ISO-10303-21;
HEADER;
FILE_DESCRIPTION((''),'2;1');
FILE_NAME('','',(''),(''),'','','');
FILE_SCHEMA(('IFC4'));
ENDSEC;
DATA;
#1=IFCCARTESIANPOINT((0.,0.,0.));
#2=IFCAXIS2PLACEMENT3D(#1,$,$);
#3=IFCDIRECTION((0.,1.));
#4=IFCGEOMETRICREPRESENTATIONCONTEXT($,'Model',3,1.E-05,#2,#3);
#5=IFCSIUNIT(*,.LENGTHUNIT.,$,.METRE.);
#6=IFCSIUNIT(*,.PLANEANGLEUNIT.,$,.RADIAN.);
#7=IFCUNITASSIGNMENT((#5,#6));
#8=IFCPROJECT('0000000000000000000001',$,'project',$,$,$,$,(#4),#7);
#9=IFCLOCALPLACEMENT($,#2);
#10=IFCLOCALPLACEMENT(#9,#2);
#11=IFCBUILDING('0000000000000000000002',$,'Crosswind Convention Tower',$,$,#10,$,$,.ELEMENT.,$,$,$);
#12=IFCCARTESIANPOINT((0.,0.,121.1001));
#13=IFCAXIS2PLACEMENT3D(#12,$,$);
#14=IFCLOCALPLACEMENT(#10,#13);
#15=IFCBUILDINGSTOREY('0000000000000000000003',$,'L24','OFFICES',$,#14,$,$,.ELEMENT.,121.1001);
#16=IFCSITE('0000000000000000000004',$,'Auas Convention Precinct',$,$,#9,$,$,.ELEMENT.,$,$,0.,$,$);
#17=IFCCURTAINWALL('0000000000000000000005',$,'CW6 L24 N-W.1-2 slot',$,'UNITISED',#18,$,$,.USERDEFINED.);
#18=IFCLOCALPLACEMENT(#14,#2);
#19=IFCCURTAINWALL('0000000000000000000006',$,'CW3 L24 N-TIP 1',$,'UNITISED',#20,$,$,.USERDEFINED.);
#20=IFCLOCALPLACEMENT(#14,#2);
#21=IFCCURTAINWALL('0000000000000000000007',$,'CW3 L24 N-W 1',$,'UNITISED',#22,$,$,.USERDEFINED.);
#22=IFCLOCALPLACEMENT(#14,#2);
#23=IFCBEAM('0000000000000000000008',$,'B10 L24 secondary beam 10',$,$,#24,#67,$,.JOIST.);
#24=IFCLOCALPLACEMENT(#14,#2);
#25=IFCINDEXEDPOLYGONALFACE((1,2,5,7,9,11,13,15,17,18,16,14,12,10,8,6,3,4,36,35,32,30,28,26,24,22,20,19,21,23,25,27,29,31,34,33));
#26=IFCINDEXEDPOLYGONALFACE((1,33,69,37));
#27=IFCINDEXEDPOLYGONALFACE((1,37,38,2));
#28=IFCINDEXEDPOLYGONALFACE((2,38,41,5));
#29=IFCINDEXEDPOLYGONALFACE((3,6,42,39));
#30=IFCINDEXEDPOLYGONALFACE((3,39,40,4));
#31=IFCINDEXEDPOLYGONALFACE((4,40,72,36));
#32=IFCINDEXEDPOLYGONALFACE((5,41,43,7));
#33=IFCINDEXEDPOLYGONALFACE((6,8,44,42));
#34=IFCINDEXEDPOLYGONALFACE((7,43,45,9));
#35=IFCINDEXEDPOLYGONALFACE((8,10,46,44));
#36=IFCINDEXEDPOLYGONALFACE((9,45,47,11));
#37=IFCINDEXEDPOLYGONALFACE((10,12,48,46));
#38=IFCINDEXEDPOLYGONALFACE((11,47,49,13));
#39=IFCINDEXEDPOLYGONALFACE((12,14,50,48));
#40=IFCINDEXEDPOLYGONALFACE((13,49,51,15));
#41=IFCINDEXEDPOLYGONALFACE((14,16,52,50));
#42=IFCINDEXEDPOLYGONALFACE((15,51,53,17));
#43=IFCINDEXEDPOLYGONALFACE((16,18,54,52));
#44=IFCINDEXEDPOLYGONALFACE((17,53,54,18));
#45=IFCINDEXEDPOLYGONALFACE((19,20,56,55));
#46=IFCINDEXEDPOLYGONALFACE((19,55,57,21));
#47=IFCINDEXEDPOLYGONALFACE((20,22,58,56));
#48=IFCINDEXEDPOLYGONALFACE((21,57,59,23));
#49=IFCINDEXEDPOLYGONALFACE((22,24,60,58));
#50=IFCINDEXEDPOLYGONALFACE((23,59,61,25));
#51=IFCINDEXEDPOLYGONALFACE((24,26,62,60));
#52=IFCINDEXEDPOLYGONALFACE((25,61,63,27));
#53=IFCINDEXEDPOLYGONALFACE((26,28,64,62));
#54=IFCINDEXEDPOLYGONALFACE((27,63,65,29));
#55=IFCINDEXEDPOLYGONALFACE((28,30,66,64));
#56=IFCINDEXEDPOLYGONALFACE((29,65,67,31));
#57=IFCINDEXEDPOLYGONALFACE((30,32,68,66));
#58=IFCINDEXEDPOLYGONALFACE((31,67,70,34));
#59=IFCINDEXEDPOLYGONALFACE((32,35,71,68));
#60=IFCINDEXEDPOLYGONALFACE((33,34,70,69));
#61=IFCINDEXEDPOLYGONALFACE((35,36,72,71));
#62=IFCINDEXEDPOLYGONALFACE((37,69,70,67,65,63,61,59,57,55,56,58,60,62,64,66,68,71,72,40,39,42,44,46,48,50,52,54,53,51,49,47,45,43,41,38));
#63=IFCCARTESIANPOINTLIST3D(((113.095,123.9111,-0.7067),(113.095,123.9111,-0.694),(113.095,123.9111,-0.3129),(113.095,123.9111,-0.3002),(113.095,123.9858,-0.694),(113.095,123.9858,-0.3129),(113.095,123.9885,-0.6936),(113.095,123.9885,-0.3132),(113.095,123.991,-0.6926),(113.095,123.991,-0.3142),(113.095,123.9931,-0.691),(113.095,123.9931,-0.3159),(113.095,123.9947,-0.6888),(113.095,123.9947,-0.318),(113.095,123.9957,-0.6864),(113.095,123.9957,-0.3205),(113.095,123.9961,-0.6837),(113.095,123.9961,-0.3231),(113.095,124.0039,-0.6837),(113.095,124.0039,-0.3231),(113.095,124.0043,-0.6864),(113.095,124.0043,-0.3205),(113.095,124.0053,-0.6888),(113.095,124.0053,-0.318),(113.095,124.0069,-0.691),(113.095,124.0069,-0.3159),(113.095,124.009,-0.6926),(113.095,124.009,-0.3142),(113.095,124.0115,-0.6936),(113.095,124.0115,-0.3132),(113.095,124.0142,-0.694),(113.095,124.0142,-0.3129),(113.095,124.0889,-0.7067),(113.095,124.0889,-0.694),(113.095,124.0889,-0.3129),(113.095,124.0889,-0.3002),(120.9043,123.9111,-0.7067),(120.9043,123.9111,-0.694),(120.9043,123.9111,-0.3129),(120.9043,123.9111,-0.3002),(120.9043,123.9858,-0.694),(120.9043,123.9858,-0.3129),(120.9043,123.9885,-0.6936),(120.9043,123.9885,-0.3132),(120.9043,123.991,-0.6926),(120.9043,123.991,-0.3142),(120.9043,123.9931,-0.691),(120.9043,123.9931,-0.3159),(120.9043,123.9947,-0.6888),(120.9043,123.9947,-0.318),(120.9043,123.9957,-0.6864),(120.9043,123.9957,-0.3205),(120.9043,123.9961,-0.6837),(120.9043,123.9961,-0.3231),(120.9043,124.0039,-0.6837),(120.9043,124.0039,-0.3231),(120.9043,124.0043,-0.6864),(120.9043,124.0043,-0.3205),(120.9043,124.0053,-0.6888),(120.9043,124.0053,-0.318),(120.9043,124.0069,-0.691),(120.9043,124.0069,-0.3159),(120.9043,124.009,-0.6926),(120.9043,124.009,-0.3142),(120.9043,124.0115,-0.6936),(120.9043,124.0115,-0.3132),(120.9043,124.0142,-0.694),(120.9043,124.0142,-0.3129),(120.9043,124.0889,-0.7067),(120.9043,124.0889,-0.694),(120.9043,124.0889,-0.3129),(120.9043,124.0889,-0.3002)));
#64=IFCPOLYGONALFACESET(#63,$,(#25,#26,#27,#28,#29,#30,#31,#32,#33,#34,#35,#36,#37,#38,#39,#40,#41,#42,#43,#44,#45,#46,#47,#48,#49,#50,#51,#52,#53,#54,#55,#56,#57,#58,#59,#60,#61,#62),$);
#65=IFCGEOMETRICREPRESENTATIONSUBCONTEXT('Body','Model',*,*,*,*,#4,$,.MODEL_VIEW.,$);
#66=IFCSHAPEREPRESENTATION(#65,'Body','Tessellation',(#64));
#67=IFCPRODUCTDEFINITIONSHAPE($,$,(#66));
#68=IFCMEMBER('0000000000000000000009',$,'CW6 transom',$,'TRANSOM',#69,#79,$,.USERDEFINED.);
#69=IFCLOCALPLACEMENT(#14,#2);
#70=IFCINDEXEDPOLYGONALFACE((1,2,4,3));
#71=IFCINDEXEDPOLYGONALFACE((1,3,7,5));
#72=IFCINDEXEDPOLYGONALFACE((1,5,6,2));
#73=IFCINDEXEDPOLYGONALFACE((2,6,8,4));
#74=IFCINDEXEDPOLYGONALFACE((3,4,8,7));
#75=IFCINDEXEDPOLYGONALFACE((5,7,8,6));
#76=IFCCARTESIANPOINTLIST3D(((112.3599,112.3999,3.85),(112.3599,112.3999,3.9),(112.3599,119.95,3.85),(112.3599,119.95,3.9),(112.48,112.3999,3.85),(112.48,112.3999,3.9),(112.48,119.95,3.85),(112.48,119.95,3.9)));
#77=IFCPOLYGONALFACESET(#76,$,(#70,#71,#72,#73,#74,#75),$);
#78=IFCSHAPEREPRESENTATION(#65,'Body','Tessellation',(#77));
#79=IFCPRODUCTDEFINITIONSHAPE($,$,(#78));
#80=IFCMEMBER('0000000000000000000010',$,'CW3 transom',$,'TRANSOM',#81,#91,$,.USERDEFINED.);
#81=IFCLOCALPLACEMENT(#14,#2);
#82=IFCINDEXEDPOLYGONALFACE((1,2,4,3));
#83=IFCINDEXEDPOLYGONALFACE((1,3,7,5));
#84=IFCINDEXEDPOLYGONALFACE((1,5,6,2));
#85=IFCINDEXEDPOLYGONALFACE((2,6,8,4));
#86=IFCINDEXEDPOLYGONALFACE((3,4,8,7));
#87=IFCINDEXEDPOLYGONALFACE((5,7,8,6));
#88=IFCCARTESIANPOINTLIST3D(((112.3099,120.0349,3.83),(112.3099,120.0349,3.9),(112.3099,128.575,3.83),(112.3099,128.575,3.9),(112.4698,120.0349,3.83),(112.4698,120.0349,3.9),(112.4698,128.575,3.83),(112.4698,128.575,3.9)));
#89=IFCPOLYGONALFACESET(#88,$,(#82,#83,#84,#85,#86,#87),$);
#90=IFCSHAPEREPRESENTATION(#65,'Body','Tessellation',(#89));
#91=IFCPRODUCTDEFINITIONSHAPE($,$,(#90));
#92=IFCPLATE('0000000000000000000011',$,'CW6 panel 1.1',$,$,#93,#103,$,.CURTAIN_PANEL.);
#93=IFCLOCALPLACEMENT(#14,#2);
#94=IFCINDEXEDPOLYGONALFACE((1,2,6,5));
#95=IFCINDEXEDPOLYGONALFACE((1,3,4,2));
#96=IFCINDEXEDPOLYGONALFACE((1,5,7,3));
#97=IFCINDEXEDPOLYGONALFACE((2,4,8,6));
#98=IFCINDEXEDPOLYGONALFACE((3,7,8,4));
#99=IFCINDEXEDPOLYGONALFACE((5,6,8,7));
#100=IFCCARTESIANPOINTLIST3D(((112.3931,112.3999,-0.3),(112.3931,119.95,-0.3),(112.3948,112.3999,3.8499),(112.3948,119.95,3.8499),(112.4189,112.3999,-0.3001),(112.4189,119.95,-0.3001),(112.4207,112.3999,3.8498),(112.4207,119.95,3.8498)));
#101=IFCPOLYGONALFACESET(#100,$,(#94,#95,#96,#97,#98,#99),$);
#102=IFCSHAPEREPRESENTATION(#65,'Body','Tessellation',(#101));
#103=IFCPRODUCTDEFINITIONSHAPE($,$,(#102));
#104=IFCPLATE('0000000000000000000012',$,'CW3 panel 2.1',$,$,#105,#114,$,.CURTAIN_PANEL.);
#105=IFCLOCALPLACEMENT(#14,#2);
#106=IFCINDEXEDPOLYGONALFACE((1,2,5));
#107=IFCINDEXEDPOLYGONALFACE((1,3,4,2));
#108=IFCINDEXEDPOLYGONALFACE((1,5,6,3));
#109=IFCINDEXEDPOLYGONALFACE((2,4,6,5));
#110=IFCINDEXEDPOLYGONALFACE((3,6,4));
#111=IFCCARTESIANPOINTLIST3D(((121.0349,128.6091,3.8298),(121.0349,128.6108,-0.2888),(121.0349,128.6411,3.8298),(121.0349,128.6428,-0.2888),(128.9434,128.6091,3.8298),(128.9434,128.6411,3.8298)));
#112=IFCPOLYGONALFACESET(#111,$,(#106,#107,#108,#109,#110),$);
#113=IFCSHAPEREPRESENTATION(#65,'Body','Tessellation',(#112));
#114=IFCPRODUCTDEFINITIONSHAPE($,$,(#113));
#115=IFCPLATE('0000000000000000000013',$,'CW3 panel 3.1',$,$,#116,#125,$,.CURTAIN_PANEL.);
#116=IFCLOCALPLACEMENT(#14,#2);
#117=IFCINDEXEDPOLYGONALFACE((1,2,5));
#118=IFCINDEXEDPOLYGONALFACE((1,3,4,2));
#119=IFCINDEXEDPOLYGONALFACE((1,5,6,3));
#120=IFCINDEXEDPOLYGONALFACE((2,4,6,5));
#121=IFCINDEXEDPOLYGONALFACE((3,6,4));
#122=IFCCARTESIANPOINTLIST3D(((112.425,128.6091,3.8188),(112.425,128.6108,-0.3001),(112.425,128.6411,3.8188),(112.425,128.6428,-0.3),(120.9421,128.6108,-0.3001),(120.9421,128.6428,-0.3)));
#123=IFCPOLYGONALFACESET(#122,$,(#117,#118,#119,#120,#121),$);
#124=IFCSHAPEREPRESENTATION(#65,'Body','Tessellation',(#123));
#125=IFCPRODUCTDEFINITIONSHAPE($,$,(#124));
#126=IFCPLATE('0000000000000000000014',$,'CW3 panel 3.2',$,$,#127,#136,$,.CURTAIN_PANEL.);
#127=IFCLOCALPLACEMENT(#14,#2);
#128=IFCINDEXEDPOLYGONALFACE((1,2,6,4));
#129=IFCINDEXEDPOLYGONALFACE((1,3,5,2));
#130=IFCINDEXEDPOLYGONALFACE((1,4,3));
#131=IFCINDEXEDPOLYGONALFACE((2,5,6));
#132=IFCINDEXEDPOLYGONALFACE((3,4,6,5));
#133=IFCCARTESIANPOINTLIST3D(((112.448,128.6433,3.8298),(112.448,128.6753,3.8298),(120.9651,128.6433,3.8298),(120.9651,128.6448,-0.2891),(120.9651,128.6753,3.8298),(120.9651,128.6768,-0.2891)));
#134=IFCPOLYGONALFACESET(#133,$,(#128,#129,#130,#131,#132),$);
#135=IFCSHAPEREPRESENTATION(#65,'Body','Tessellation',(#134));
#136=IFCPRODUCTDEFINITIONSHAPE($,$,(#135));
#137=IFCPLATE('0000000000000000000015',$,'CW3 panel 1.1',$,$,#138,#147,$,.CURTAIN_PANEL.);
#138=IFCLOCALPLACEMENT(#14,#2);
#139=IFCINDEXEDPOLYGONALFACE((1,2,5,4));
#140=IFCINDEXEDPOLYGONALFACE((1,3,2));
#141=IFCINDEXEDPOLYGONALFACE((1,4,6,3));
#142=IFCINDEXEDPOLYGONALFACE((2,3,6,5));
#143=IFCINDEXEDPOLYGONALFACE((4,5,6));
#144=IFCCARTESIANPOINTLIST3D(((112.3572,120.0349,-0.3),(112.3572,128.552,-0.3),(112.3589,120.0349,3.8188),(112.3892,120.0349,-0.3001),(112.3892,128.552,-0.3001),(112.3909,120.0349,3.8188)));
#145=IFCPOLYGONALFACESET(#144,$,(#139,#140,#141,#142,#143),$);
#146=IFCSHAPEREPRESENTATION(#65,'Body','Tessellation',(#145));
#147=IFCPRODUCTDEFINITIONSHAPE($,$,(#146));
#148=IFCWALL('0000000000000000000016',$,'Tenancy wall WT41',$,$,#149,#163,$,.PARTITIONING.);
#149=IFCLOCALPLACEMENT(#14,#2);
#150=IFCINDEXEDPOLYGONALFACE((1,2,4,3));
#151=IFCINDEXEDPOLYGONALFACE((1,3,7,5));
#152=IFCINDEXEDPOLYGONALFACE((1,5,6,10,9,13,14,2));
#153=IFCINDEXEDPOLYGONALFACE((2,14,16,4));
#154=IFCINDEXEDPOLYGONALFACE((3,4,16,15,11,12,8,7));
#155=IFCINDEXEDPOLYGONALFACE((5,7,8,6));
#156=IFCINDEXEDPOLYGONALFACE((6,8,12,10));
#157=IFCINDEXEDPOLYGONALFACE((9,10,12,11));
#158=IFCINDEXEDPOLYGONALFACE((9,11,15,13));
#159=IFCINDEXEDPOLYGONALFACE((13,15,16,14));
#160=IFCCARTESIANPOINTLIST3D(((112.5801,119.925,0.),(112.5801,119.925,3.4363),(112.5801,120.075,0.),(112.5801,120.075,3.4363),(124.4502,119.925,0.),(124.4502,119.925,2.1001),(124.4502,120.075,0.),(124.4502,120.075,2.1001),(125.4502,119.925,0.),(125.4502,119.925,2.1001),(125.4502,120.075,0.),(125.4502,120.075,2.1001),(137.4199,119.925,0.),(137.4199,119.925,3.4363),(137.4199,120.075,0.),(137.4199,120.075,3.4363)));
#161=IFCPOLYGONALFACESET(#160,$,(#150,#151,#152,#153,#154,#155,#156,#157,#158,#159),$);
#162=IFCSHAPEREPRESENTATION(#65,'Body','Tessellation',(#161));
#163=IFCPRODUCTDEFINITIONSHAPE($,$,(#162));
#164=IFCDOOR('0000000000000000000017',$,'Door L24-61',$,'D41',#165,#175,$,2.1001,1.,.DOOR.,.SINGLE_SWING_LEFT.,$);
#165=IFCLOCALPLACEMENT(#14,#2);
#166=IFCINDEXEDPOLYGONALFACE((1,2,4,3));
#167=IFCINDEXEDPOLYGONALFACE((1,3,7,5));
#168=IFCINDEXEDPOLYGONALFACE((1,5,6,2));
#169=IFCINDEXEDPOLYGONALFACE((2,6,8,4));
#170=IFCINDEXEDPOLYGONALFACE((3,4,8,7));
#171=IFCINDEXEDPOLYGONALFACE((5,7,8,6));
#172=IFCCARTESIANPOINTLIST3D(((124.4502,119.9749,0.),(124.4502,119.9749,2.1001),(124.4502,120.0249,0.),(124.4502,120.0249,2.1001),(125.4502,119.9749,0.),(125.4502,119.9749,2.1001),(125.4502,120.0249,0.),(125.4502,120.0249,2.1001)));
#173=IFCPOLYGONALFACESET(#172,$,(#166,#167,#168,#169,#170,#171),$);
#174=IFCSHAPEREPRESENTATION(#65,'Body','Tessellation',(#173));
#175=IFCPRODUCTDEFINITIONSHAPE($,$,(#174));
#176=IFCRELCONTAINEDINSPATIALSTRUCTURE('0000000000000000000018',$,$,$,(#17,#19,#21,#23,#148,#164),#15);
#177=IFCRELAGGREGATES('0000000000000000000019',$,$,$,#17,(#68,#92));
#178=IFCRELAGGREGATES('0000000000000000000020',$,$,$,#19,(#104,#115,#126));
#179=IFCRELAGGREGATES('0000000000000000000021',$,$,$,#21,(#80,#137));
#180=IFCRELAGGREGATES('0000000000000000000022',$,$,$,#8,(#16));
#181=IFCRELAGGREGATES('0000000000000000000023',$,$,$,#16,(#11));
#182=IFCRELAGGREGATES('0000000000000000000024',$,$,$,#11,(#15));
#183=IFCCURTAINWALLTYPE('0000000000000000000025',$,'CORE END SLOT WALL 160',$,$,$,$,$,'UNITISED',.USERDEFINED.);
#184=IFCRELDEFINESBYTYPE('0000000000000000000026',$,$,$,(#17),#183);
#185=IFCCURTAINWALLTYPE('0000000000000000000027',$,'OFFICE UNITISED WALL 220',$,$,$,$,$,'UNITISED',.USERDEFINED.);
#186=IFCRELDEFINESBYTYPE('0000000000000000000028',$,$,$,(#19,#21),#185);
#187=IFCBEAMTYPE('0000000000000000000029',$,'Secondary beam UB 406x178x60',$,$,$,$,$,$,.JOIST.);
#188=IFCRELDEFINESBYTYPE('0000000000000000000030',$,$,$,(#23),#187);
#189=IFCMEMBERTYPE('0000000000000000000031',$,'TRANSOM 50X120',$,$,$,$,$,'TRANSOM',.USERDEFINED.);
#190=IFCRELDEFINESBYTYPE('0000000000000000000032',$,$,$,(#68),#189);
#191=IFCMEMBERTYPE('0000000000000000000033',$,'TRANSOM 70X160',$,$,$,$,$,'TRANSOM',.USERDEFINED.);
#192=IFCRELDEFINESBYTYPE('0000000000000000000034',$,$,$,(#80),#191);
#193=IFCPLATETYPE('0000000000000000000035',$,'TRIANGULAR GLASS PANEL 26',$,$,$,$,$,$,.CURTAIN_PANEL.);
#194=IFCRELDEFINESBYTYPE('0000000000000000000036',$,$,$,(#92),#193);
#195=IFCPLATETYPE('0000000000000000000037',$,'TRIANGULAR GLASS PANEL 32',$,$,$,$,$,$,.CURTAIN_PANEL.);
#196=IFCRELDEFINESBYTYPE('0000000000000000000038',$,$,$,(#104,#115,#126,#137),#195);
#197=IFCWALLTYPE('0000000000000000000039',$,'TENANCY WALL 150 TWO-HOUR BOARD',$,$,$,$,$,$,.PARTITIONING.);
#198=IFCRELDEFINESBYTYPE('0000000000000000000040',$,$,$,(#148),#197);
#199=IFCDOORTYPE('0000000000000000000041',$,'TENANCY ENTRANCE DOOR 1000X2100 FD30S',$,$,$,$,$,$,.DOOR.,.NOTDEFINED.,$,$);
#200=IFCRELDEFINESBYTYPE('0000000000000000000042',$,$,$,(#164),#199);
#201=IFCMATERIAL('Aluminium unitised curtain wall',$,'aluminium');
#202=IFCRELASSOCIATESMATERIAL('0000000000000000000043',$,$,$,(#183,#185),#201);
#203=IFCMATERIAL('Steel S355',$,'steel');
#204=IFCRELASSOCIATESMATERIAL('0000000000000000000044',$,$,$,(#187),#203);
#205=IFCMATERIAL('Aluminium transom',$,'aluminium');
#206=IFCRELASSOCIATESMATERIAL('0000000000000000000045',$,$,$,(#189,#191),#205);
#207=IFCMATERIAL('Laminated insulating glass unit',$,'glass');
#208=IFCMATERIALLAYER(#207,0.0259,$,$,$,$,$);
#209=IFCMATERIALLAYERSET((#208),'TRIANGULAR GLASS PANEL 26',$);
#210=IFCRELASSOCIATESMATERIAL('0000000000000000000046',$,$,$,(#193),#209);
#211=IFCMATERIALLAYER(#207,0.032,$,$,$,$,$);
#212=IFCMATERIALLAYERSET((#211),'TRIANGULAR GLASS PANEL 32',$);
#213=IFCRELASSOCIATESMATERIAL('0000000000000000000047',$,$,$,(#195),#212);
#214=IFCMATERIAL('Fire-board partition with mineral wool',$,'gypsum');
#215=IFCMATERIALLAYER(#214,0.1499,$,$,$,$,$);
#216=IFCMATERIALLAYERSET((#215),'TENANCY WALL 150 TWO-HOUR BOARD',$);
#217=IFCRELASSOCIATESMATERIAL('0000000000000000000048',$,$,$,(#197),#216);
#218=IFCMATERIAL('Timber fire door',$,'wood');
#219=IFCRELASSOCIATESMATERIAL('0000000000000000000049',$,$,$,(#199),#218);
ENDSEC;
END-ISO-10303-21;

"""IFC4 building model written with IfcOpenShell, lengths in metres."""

from ifc_helpers import new_model, si_unit, direction, frame, frame_2d, origin, origin_2d, place, context, subcontext, project, spatial, polyline, rectangle, i_section, outline, extrude, material, layer, layer_set, material_profile, profile_set, type_object, element, fill, aggregate, save


model = new_model("IFC4")

# Units and contexts
model_context = context("Model", 3, precision=1e-05, world=origin(), true_north=direction((0.0, 1.0)))
body_context = subcontext(model_context, "Body", "Model", "MODEL_VIEW")
ifc_project = project(units=[si_unit("LENGTHUNIT", "METRE"), si_unit("PLANEANGLEUNIT", "RADIAN")], contexts=[model_context])

# Site, building, storey
site_placement = place(None, origin())
site = spatial("IfcSite", under=ifc_project, at=site_placement, Name="Auas Convention Precinct", CompositionType="ELEMENT", RefElevation=0.0)
building_placement = place(site_placement, origin())
building = spatial("IfcBuilding", under=site, at=building_placement, Name="Crosswind Convention Tower", CompositionType="ELEMENT")
storey_placement = place(building_placement, frame((0.0, 0.0, 121.1001)))
storey = spatial("IfcBuildingStorey", under=building, at=storey_placement, Name="L24", Description="OFFICES", CompositionType="ELEMENT", Elevation=121.1001)

# Shared definitions
ifc_material_1 = material(Name="Steel S355", Category="steel")

# Curtain wall
ifc_material_2 = material(Name="Aluminium unitised curtain wall", Category="aluminium")
curtain_wall_type_1 = type_object("IfcCurtainWallType", Name="CORE END SLOT WALL 160", ElementType="UNITISED", PredefinedType="USERDEFINED", material=ifc_material_2)
curtain_wall_1_placement = place(storey_placement, origin())
curtain_wall_1 = element("IfcCurtainWall", 1, at=curtain_wall_1_placement, inside=storey, type_object=curtain_wall_type_1, Name="CW6 L24 N-W.1-2 slot", ObjectType="UNITISED", PredefinedType="USERDEFINED")

# Curtain wall
curtain_wall_type_2 = type_object("IfcCurtainWallType", Name="OFFICE UNITISED WALL 220", ElementType="UNITISED", PredefinedType="USERDEFINED", material=ifc_material_2)
curtain_wall_2_placement = place(storey_placement, origin())
curtain_wall_2 = element("IfcCurtainWall", 2, at=curtain_wall_2_placement, inside=storey, type_object=curtain_wall_type_2, Name="CW3 L24 N-TIP 1", ObjectType="UNITISED", PredefinedType="USERDEFINED")

# Curtain wall
curtain_wall_3_placement = place(storey_placement, origin())
curtain_wall_3 = element("IfcCurtainWall", 3, at=curtain_wall_3_placement, inside=storey, type_object=curtain_wall_type_2, Name="CW3 L24 N-W 1", ObjectType="UNITISED", PredefinedType="USERDEFINED")

# Beam
ifc_material_profile_1 = material_profile(ifc_material_1, i_section(OverallWidth=0.1777, OverallDepth=0.4065, WebThickness=0.0078, FlangeThickness=0.0127, FilletRadius=0.0103, at=origin_2d()), Name="UB 406x178x60")
ifc_profile_set_1 = profile_set([ifc_material_profile_1], Name="Steel S355")
beam_type_1 = type_object("IfcBeamType", Name="Secondary beam UB 406x178x60", PredefinedType="JOIST", material=ifc_profile_set_1)
beam_placement = place(storey_placement, frame((113.095, 124.0, -0.5034), z_axis=(1.0, 0.0, 0.0), x_axis=(0.0, 1.0, 0.0)))
element("IfcBeam", 4, at=beam_placement, inside=storey, type_object=beam_type_1, Name="B10 L24 secondary beam 10", PredefinedType="JOIST", context=body_context, shape_type="SweptSolid", body=[
    extrude(i_section(OverallWidth=0.1777, OverallDepth=0.4065, WebThickness=0.0078, FlangeThickness=0.0127, FilletRadius=0.0103, at=origin_2d()), origin(), (0.0, 0.0, 1.0), 7.8093),
])

# Members
ifc_material_3 = material(Name="Aluminium transom", Category="aluminium")
ifc_material_profile_2 = material_profile(ifc_material_3, rectangle(XDim=0.1201, YDim=0.05, at=origin_2d()), Name="AL 120X50")
ifc_profile_set_2 = profile_set([ifc_material_profile_2], Name="Aluminium transom")
member_type_1 = type_object("IfcMemberType", Name="TRANSOM 50X120", ElementType="TRANSOM", PredefinedType="USERDEFINED", material=ifc_profile_set_2)
member_1_placement = place(storey_placement, frame((112.4199, 119.95, 3.875), z_axis=(0.0, -1.0, 0.0), x_axis=(1.0, 0.0, 0.0)))
member_1 = element("IfcMember", 5, at=member_1_placement, type_object=member_type_1, Name="CW6 transom", ObjectType="TRANSOM", PredefinedType="USERDEFINED", context=body_context, shape_type="SweptSolid", body=[
    extrude(rectangle(XDim=0.1201, YDim=0.05, at=origin_2d()), origin(), (0.0, 0.0, 1.0), 7.55),
])
ifc_material_profile_3 = material_profile(ifc_material_3, rectangle(XDim=0.1599, YDim=0.0701, at=origin_2d()), Name="AL 160X70")
ifc_profile_set_3 = profile_set([ifc_material_profile_3], Name="Aluminium transom")
member_type_2 = type_object("IfcMemberType", Name="TRANSOM 70X160", ElementType="TRANSOM", PredefinedType="USERDEFINED", material=ifc_profile_set_3)
member_2_placement = place(storey_placement, frame((112.3899, 128.575, 3.865), z_axis=(0.0, -1.0, 0.0), x_axis=(1.0, 0.0, 0.0)))
member_2 = element("IfcMember", 6, at=member_2_placement, type_object=member_type_2, Name="CW3 transom", ObjectType="TRANSOM", PredefinedType="USERDEFINED", context=body_context, shape_type="SweptSolid", body=[
    extrude(rectangle(XDim=0.1599, YDim=0.0701, at=origin_2d()), origin(), (0.0, 0.0, 1.0), 8.54),
])

# Plates
ifc_material_4 = material(Name="Laminated insulating glass unit", Category="glass")
ifc_layer_1 = layer(ifc_material_4, 0.0259)
ifc_layer_set_1 = layer_set([ifc_layer_1], Name="TRIANGULAR GLASS PANEL 26")
plate_type_1 = type_object("IfcPlateType", Name="TRIANGULAR GLASS PANEL 26", PredefinedType="CURTAIN_PANEL", material=ifc_layer_set_1)
plate_1_placement = place(storey_placement, frame((112.3931, 119.95, -0.3), z_axis=(-1.0, 0.0, 0.000412), x_axis=(0.0, -1.0, 0.0)))
plate_1 = element("IfcPlate", 7, at=plate_1_placement, type_object=plate_type_1, Name="CW6 panel 1.1", PredefinedType="CURTAIN_PANEL", context=body_context, shape_type="SweptSolid", body=[
    extrude(outline(polyline([(0.0, 0.0), (7.55, 0.0), (7.55, 4.1499), (0.0, 4.1499), (0.0, 0.0)])), origin(), (0.0, 0.0, -1.0), 0.0259),
])
aggregate(curtain_wall_1, [member_1, plate_1])
ifc_layer_2 = layer(ifc_material_4, 0.032)
ifc_layer_set_2 = layer_set([ifc_layer_2], Name="TRIANGULAR GLASS PANEL 32")
plate_type_2 = type_object("IfcPlateType", Name="TRIANGULAR GLASS PANEL 32", PredefinedType="CURTAIN_PANEL", material=ifc_layer_set_2)
plate_2_placement = place(storey_placement, frame((121.0349, 128.6411, 3.8298), z_axis=(0.0, 1.0, 0.000415), x_axis=(1.0, 0.0, 0.0)))
plate_2 = element("IfcPlate", 8, at=plate_2_placement, type_object=plate_type_2, Name="CW3 panel 2.1", PredefinedType="CURTAIN_PANEL", context=body_context, shape_type="SweptSolid", body=[
    extrude(outline(polyline([(0.0, 0.0), (7.9084, 0.0), (0.0, 4.1187), (0.0, 0.0)])), origin(), (0.0, 0.0, -1.0), 0.032),
])
plate_3_placement = place(storey_placement, frame((112.425, 128.6428, -0.3), z_axis=(0.0, 1.0, 0.000415), x_axis=(0.0, -0.000415, 1.0)))
plate_3 = element("IfcPlate", 9, at=plate_3_placement, type_object=plate_type_2, Name="CW3 panel 3.1", PredefinedType="CURTAIN_PANEL", context=body_context, shape_type="SweptSolid", body=[
    extrude(outline(polyline([(0.0, 0.0), (4.1189, 0.0), (0.0, 8.5171), (0.0, 0.0)])), origin(), (0.0, 0.0, -1.0), 0.032),
])
plate_4_placement = place(storey_placement, frame((120.9651, 128.6753, 3.8298), z_axis=(0.0, 1.0, 0.000356), x_axis=(0.0, 0.000356, -1.0)))
plate_4 = element("IfcPlate", 10, at=plate_4_placement, type_object=plate_type_2, Name="CW3 panel 3.2", PredefinedType="CURTAIN_PANEL", context=body_context, shape_type="SweptSolid", body=[
    extrude(outline(polyline([(0.0, 0.0), (4.1189, 0.0), (0.0, 8.5171), (0.0, 0.0)])), origin(), (0.0, 0.0, -1.0), 0.032),
])
aggregate(curtain_wall_2, [plate_2, plate_3, plate_4])
plate_5_placement = place(storey_placement, frame((112.3572, 120.0349, -0.3), z_axis=(-1.0, 0.0, 0.000415), x_axis=(0.000415, 0.0, 1.0)))
plate_5 = element("IfcPlate", 11, at=plate_5_placement, type_object=plate_type_2, Name="CW3 panel 1.1", PredefinedType="CURTAIN_PANEL", context=body_context, shape_type="SweptSolid", body=[
    extrude(outline(polyline([(0.0, 0.0), (4.1189, 0.0), (0.0, 8.5171), (0.0, 0.0)])), origin(), (0.0, 0.0, -1.0), 0.032),
])
aggregate(curtain_wall_3, [member_2, plate_5])

# Wall, opening, door
ifc_material_5 = material(Name="Fire-board partition with mineral wool", Category="gypsum")
ifc_layer_3 = layer(ifc_material_5, 0.1499)
ifc_layer_set_3 = layer_set([ifc_layer_3], Name="TENANCY WALL 150 TWO-HOUR BOARD")
wall_type = type_object("IfcWallType", Name="TENANCY WALL 150 TWO-HOUR BOARD", PredefinedType="PARTITIONING", material=ifc_layer_set_3)
wall_placement = place(storey_placement, frame((112.5801, 120.0, 0.0), z_axis=(0.0, 0.0, 1.0), x_axis=(1.0, 0.0, 0.0)))
wall = element("IfcWall", 12, at=wall_placement, inside=storey, type_object=wall_type, Name="Tenancy wall WT41", PredefinedType="PARTITIONING", context=body_context, shape_type="SweptSolid", body=[
    extrude(rectangle(XDim=24.8398, YDim=0.1499, at=frame_2d((12.4199, 0.0))), origin(), (0.0, 0.0, 1.0), 3.4363),
])
opening_placement = place(wall_placement, frame((11.8701, 0.0, 0.0)))
opening = element("IfcOpeningElement", 13, at=opening_placement, cuts=wall, PredefinedType="OPENING", context=body_context, shape_type="SweptSolid", body=[
    extrude(rectangle(XDim=1.0, YDim=2.1001, at=frame_2d((0.5, 1.05))), frame((0.0, 0.085, 0.0), z_axis=(0.0, -1.0, 0.0), x_axis=(1.0, 0.0, 0.0)), (0.0, 0.0, 1.0), 0.1699),
])
ifc_material_6 = material(Name="Timber fire door", Category="wood")
door_type = type_object("IfcDoorType", Name="TENANCY ENTRANCE DOOR 1000X2100 FD30S", OperationType="NOTDEFINED", PredefinedType="DOOR", material=ifc_material_6)
door_placement = place(opening_placement, origin())
door = element("IfcDoor", 14, at=door_placement, inside=storey, type_object=door_type, Name="Door L24-61", ObjectType="D41", OperationType="SINGLE_SWING_LEFT", OverallHeight=2.1001, OverallWidth=1.0, PredefinedType="DOOR", context=body_context, shape_type="SweptSolid", body=[
    extrude(rectangle(XDim=1.0, YDim=2.1001, at=frame_2d((0.5, 1.05))), frame((0.0, 0.0249, 0.0), z_axis=(0.0, -1.0, 0.0), x_axis=(1.0, 0.0, 0.0)), (0.0, 0.0, 1.0), 0.05),
])
fill(opening, door)

save(model, "model.ifc")
